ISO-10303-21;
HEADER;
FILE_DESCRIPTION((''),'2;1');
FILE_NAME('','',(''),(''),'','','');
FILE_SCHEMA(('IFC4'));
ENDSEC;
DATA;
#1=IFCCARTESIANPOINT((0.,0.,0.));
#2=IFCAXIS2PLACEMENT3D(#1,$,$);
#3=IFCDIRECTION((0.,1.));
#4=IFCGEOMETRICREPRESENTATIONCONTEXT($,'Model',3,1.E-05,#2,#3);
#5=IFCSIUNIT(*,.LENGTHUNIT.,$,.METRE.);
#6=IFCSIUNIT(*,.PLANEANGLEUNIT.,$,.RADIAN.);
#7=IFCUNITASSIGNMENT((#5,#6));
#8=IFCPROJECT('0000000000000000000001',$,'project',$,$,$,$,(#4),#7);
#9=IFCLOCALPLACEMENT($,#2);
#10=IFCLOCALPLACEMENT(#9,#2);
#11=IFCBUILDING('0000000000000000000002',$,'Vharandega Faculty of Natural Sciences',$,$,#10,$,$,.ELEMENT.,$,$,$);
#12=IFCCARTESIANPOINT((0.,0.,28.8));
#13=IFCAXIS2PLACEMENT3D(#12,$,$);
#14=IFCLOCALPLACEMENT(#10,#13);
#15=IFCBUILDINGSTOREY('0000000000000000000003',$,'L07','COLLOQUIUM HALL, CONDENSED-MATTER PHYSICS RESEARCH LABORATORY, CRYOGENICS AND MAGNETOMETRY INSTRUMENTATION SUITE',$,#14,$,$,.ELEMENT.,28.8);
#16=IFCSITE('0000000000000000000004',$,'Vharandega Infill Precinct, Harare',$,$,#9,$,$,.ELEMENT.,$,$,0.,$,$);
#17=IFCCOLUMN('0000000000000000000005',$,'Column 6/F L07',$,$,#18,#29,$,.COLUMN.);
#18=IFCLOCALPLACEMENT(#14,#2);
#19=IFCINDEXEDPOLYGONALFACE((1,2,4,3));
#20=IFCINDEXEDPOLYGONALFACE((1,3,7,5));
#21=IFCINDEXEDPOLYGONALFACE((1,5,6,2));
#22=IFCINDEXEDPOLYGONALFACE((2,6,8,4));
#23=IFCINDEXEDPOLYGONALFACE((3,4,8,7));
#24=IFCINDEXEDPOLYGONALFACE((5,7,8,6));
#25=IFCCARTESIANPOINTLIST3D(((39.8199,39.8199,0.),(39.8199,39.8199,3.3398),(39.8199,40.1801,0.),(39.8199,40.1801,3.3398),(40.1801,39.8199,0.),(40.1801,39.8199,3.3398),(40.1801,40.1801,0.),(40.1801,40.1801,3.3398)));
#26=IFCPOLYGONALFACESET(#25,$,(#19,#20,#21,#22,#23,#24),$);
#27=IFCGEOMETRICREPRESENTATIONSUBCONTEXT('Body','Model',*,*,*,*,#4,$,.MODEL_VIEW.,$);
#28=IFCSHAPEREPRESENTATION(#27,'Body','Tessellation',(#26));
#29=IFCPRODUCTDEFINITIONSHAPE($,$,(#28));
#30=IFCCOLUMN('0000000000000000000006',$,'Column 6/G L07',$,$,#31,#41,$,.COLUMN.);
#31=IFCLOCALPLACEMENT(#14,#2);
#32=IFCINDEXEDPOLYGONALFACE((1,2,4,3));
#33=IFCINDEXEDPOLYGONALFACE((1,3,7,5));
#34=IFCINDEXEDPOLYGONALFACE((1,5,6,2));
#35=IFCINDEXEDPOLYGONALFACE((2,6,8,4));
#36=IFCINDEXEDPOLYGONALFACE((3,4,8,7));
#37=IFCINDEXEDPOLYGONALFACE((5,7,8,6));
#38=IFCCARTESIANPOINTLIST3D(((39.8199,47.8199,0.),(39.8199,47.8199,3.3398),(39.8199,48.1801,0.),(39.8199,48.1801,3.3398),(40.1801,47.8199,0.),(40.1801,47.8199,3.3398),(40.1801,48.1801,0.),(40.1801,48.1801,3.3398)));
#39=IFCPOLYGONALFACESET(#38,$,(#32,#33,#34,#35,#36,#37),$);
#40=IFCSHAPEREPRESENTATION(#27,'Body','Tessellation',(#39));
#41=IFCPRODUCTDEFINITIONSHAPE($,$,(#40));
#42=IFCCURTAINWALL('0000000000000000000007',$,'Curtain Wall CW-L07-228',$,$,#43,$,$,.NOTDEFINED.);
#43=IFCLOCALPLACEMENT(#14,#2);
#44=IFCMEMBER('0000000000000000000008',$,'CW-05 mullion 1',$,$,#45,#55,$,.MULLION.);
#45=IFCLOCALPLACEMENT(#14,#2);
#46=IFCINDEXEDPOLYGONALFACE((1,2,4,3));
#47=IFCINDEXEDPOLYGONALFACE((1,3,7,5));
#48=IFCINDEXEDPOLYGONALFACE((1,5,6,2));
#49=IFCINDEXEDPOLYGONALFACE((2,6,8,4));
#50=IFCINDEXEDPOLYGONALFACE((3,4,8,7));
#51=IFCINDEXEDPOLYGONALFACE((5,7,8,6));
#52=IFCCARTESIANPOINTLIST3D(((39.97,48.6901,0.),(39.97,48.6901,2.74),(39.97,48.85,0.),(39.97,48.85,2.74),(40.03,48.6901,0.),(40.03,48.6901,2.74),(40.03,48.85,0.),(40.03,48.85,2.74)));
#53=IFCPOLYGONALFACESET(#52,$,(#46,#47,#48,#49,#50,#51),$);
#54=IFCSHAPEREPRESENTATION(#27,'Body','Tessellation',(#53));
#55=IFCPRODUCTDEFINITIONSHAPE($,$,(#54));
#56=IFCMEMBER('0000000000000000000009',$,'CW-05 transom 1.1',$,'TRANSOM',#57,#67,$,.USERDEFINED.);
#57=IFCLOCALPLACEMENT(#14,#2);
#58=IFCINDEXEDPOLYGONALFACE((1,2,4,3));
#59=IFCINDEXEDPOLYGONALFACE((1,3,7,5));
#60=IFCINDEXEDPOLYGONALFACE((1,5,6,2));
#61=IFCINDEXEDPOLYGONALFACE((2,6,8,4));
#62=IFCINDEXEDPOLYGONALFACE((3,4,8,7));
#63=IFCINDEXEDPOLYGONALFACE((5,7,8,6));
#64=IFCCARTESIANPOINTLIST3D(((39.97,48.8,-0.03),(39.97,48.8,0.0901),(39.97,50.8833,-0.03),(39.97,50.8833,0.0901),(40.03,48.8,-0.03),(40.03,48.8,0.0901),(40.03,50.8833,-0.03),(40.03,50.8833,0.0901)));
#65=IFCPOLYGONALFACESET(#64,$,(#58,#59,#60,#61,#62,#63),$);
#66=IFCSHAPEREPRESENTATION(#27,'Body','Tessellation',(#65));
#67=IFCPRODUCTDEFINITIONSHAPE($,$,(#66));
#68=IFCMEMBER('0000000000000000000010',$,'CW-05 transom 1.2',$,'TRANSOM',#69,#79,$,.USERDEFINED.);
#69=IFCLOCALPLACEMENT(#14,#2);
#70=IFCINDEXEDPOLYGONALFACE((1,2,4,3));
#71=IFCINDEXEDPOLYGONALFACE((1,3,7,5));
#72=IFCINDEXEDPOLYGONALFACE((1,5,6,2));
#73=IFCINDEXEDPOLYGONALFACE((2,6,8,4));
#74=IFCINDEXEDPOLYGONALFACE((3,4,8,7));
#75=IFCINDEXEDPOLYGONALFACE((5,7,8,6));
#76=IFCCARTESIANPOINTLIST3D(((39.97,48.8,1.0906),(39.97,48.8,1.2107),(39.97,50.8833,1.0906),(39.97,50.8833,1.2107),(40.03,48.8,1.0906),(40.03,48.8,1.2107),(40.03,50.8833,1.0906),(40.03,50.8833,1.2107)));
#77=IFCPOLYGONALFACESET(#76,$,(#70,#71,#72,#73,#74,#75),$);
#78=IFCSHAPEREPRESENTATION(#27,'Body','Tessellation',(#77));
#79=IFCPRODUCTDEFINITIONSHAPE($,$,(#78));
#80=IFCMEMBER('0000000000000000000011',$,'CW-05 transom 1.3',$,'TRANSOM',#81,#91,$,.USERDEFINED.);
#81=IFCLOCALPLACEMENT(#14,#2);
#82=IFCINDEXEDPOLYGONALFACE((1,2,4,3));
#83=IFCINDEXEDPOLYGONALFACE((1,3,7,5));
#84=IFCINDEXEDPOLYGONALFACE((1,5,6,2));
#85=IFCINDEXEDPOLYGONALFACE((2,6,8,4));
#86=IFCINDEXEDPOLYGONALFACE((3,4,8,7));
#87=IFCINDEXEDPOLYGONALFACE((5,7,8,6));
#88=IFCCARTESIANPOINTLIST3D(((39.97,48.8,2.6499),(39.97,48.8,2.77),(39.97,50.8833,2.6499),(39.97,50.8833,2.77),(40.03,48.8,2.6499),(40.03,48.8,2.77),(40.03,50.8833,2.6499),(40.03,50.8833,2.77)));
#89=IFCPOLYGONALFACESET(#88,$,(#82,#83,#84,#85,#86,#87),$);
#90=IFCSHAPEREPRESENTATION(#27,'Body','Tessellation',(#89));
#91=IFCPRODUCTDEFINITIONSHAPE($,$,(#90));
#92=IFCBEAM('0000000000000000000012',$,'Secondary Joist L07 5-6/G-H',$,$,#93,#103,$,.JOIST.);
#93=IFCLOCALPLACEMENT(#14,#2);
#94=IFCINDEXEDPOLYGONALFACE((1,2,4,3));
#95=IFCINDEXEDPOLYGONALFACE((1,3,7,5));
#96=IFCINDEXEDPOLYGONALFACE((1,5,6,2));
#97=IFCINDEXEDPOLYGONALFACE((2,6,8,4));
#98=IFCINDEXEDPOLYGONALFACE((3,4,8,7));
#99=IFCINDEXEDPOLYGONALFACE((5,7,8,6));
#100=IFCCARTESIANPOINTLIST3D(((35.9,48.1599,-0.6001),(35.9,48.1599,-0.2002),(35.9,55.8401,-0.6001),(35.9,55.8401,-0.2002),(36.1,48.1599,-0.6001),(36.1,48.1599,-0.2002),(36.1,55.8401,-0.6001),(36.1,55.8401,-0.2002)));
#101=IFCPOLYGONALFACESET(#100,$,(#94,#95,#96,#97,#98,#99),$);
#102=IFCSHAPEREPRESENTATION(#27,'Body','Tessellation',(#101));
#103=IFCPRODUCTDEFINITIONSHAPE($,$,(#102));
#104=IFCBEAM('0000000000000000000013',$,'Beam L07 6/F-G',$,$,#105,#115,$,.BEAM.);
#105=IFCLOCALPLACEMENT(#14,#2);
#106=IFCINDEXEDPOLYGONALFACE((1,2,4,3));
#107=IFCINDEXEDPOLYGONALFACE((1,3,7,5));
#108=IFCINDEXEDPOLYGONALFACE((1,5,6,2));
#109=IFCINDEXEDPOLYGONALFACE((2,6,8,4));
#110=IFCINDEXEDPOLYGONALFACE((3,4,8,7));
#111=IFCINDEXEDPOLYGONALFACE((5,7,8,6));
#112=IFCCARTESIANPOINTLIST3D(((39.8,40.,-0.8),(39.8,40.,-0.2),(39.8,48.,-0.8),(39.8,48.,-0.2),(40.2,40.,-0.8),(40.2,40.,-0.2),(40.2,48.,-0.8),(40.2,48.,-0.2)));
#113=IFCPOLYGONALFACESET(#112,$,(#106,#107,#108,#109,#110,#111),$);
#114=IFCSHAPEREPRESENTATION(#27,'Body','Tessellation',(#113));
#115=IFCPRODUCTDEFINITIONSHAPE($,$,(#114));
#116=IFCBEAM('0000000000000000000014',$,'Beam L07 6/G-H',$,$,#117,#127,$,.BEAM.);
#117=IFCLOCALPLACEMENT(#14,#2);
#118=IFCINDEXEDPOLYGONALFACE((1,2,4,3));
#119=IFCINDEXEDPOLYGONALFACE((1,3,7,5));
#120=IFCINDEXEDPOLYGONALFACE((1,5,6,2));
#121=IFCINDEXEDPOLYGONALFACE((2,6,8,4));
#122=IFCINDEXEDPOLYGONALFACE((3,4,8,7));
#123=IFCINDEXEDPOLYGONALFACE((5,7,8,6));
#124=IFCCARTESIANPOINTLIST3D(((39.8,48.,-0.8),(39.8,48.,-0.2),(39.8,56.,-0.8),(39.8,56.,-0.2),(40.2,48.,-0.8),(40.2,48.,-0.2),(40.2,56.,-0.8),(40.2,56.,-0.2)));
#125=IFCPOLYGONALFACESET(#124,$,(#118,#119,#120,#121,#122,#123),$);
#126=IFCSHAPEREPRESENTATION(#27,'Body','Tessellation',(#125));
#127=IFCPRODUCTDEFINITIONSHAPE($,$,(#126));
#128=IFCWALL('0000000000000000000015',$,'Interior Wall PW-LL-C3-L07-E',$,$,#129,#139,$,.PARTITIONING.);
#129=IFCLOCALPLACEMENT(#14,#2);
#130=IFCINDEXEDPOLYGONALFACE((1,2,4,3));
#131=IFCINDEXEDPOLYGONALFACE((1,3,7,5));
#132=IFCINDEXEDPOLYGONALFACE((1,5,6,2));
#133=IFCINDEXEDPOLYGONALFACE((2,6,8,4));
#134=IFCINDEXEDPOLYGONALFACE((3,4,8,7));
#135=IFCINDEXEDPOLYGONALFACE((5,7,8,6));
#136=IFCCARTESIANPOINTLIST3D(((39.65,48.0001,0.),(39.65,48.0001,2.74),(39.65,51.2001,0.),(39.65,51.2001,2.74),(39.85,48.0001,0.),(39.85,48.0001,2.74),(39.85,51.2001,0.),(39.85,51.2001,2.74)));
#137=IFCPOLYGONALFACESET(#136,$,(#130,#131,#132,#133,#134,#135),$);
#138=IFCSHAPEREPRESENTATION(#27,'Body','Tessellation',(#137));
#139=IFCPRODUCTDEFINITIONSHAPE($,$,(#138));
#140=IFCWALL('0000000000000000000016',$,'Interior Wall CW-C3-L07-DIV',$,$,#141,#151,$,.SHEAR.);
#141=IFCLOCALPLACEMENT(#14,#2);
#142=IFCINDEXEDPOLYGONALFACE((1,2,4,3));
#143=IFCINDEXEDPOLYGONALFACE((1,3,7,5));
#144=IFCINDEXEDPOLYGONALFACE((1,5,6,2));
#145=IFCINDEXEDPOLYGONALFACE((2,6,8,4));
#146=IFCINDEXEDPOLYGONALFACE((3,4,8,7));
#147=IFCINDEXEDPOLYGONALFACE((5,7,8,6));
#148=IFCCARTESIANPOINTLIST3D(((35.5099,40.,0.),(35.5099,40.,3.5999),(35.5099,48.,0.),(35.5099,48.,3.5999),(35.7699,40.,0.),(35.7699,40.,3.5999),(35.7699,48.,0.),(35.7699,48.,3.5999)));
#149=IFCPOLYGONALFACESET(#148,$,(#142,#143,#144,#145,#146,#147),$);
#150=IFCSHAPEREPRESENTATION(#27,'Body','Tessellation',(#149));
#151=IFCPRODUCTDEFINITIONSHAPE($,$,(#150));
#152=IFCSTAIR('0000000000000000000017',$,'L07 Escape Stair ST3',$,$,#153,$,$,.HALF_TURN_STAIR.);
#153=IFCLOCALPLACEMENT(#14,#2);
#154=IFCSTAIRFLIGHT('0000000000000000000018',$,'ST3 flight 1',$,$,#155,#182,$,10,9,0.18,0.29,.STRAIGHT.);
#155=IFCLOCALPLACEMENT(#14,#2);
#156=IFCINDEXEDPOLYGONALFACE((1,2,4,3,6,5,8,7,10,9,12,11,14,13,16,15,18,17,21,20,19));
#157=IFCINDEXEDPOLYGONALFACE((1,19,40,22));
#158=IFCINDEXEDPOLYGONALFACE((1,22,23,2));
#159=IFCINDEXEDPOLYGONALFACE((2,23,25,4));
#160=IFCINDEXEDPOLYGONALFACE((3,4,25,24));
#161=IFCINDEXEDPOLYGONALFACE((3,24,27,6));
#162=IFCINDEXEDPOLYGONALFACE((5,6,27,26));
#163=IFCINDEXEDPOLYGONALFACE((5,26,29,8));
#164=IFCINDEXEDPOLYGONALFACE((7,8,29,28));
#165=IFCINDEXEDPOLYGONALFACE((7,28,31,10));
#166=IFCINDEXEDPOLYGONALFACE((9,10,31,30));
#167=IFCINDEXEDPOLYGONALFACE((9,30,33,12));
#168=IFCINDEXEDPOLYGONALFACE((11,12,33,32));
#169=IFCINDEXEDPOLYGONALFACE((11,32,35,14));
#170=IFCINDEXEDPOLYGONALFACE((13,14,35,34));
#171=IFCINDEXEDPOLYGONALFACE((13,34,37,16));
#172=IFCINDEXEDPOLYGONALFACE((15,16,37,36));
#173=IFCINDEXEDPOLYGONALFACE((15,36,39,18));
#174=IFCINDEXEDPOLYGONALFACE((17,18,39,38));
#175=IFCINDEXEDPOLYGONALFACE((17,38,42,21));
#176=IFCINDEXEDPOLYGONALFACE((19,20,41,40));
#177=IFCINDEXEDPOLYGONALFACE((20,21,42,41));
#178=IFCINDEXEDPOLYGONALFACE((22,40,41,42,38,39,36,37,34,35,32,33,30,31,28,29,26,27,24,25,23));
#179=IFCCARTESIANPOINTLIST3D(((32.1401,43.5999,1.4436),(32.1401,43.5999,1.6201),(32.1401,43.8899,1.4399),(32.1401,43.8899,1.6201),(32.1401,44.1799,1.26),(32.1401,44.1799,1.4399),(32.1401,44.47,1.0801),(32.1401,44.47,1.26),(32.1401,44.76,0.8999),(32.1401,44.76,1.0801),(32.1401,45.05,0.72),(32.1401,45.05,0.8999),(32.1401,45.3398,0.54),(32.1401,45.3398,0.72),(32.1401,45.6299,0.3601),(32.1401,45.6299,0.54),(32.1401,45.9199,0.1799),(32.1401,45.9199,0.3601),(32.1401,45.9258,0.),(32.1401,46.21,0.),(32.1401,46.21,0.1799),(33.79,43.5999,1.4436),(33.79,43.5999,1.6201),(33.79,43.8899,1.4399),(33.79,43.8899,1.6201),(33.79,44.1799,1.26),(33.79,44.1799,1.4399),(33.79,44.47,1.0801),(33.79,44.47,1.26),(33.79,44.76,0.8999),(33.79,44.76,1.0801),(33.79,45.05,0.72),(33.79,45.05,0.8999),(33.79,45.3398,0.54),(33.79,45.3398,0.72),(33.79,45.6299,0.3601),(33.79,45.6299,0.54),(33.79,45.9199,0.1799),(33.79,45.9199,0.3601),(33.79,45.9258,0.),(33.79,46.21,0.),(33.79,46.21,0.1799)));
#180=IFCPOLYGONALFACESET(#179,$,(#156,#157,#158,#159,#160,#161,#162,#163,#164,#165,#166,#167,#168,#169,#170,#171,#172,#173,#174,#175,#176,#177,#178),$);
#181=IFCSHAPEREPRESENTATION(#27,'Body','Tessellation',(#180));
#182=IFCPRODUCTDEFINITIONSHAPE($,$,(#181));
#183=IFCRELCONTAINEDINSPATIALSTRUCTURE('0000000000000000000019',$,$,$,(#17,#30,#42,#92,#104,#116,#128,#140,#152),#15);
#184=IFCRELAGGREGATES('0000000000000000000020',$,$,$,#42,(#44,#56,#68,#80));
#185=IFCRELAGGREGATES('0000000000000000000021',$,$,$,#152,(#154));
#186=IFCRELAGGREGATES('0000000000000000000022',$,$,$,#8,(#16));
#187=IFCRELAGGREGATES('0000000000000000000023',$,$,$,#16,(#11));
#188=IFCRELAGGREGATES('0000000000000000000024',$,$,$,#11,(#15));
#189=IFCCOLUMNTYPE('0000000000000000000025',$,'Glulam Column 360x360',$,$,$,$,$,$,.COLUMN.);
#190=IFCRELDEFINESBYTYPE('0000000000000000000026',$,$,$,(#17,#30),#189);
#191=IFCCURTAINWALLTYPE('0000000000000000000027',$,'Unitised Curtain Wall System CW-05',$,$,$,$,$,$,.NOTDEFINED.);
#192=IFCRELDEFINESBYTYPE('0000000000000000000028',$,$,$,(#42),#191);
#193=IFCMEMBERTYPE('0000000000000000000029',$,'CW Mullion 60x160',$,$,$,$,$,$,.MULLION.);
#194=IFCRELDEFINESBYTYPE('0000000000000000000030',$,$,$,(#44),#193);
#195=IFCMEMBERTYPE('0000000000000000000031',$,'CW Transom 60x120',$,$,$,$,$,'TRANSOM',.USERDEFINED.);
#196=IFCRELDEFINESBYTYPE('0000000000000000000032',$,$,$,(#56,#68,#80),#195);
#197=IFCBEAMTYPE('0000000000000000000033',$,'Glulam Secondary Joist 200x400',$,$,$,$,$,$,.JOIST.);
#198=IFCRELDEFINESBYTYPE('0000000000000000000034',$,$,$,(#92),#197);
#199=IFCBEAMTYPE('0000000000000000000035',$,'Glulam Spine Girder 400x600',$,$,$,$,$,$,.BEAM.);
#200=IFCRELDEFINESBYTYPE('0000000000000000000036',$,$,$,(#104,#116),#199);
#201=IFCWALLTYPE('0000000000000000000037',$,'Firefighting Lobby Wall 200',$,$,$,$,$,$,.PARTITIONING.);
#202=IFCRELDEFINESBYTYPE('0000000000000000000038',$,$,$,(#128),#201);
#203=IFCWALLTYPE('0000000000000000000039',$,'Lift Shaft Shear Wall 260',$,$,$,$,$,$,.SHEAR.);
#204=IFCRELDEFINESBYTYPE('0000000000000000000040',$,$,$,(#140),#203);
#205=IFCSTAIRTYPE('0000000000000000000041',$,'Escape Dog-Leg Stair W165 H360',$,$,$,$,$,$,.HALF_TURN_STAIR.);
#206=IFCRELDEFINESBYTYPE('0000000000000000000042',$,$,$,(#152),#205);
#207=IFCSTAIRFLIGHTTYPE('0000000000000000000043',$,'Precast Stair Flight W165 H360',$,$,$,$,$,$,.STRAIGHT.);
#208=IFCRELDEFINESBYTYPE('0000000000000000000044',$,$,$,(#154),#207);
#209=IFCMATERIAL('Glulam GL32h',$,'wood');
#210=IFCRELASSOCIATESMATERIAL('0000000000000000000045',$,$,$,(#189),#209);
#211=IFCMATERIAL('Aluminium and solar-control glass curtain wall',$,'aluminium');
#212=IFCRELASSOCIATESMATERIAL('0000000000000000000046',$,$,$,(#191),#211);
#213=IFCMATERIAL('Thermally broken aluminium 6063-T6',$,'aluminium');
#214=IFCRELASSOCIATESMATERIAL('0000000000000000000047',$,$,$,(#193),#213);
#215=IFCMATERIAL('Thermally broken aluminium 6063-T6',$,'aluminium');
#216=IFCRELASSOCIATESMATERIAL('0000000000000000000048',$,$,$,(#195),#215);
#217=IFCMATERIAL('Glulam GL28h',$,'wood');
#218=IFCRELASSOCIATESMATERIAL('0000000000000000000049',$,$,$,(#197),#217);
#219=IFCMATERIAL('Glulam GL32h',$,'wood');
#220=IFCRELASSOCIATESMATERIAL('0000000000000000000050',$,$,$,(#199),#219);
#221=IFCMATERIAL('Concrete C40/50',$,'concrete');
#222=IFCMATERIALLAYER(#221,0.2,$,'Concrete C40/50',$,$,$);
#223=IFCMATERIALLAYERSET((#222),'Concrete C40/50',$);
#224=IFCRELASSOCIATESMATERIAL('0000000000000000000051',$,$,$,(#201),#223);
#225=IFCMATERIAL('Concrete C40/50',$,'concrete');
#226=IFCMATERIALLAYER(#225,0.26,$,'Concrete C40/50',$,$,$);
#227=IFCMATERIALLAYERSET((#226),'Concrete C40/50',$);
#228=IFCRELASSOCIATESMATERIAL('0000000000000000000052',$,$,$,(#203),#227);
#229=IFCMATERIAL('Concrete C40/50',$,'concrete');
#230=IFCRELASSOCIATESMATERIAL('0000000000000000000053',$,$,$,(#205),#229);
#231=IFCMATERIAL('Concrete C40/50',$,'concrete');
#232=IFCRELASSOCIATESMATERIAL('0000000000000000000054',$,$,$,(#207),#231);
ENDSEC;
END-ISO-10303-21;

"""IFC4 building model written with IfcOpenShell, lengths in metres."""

from ifc_helpers import new_model, si_unit, direction, frame, frame_2d, origin, origin_2d, place, context, subcontext, project, spatial, polyline, rectangle, outline, extrude, material, layer, layer_set, material_profile, profile_set, type_object, element, aggregate, save


model = new_model("IFC4")

# Units and contexts
model_context = context("Model", 3, precision=1e-05, world=origin(), true_north=direction((0.0, 1.0)))
body_context = subcontext(model_context, "Body", "Model", "MODEL_VIEW")
ifc_project = project(units=[si_unit("LENGTHUNIT", "METRE"), si_unit("PLANEANGLEUNIT", "RADIAN")], contexts=[model_context])

# Site, building, storey
site_placement = place(None, origin())
site = spatial("IfcSite", under=ifc_project, at=site_placement, Name="Vharandega Infill Precinct, Harare", CompositionType="ELEMENT", RefElevation=0.0)
building_placement = place(site_placement, origin())
building = spatial("IfcBuilding", under=site, at=building_placement, Name="Vharandega Faculty of Natural Sciences", CompositionType="ELEMENT")
storey_placement = place(building_placement, frame((0.0, 0.0, 28.8)))
storey = spatial("IfcBuildingStorey", under=building, at=storey_placement, Name="L07", Description="COLLOQUIUM HALL, CONDENSED-MATTER PHYSICS RESEARCH LABORATORY, CRYOGENICS AND MAGNETOMETRY INSTRUMENTATION SUITE", CompositionType="ELEMENT", Elevation=28.8)

# Columns
ifc_material_1 = material(Name="Glulam GL32h", Category="wood")
ifc_material_profile_1 = material_profile(ifc_material_1, rectangle(XDim=0.3601, YDim=0.3601, at=origin_2d()), Name="GL32h 360x360")
ifc_profile_set_1 = profile_set([ifc_material_profile_1], Name="Glulam GL32h")
column_type = type_object("IfcColumnType", Name="Glulam Column 360x360", PredefinedType="COLUMN", material=ifc_profile_set_1)
for number, where, z_axis, x_axis, name in (
    (1, (40.0, 40.0, 0.0), (0.0, 0.0, 1.0), (1.0, 0.0, 0.0), "Column 6/F L07"),
    (2, (40.0, 48.0, 0.0), (0.0, 0.0, 1.0), (1.0, 0.0, 0.0), "Column 6/G L07"),
):
    element("IfcColumn", number, at=place(storey_placement, frame(where, z_axis=z_axis, x_axis=x_axis)), inside=storey, type_object=column_type, Name=name, PredefinedType="COLUMN", context=body_context, shape_type="SweptSolid", body=[
        extrude(rectangle(XDim=0.3601, YDim=0.3601, at=origin_2d()), origin(), (0.0, 0.0, 1.0), 3.3398),
    ])

# Curtain wall, members
ifc_material_2 = material(Name="Aluminium and solar-control glass curtain wall", Category="aluminium")
curtain_wall_type = type_object("IfcCurtainWallType", Name="Unitised Curtain Wall System CW-05", PredefinedType="NOTDEFINED", material=ifc_material_2)
curtain_wall_placement = place(storey_placement, origin())
curtain_wall = element("IfcCurtainWall", 3, at=curtain_wall_placement, inside=storey, type_object=curtain_wall_type, Name="Curtain Wall CW-L07-228", PredefinedType="NOTDEFINED")
ifc_material_3 = material(Name="Thermally broken aluminium 6063-T6", Category="aluminium")
ifc_material_profile_2 = material_profile(ifc_material_3, rectangle(XDim=0.0601, YDim=0.1599, at=origin_2d()), Name="ALU 60x160")
ifc_profile_set_2 = profile_set([ifc_material_profile_2], Name="Thermally broken aluminium 6063-T6")
member_type_1 = type_object("IfcMemberType", Name="CW Mullion 60x160", PredefinedType="MULLION", material=ifc_profile_set_2)
member_1_placement = place(storey_placement, frame((40.0, 48.77, 0.0), z_axis=(0.0, 0.0, 1.0), x_axis=(-1.0, 0.0, 0.0)))
member_1 = element("IfcMember", 4, at=member_1_placement, type_object=member_type_1, Name="CW-05 mullion 1", PredefinedType="MULLION", context=body_context, shape_type="SweptSolid", body=[
    extrude(rectangle(XDim=0.0601, YDim=0.1599, at=origin_2d()), origin(), (0.0, 0.0, 1.0), 2.74),
])
ifc_material_4 = material(Name="Thermally broken aluminium 6063-T6", Category="aluminium")
ifc_material_profile_3 = material_profile(ifc_material_4, rectangle(XDim=0.0601, YDim=0.1201, at=origin_2d()), Name="ALU 60x120")
ifc_profile_set_3 = profile_set([ifc_material_profile_3], Name="Thermally broken aluminium 6063-T6")
member_type_2 = type_object("IfcMemberType", Name="CW Transom 60x120", ElementType="TRANSOM", PredefinedType="USERDEFINED", material=ifc_profile_set_3)
member_2_placement = place(storey_placement, frame((40.0, 48.8, 0.03), z_axis=(0.0, 1.0, 0.0), x_axis=(-1.0, 0.0, 0.0)))
member_2 = element("IfcMember", 5, at=member_2_placement, type_object=member_type_2, Name="CW-05 transom 1.1", ObjectType="TRANSOM", PredefinedType="USERDEFINED", context=body_context, shape_type="SweptSolid", body=[
    extrude(rectangle(XDim=0.0601, YDim=0.1201, at=origin_2d()), origin(), (0.0, 0.0, 1.0), 2.0833),
])
member_3_placement = place(storey_placement, frame((40.0, 48.8, 1.1506), z_axis=(0.0, 1.0, 0.0), x_axis=(-1.0, 0.0, 0.0)))
member_3 = element("IfcMember", 6, at=member_3_placement, type_object=member_type_2, Name="CW-05 transom 1.2", ObjectType="TRANSOM", PredefinedType="USERDEFINED", context=body_context, shape_type="SweptSolid", body=[
    extrude(rectangle(XDim=0.0601, YDim=0.1201, at=origin_2d()), origin(), (0.0, 0.0, 1.0), 2.0833),
])
member_4_placement = place(storey_placement, frame((40.0, 48.8, 2.71), z_axis=(0.0, 1.0, 0.0), x_axis=(-1.0, 0.0, 0.0)))
member_4 = element("IfcMember", 7, at=member_4_placement, type_object=member_type_2, Name="CW-05 transom 1.3", ObjectType="TRANSOM", PredefinedType="USERDEFINED", context=body_context, shape_type="SweptSolid", body=[
    extrude(rectangle(XDim=0.0601, YDim=0.1201, at=origin_2d()), origin(), (0.0, 0.0, 1.0), 2.0833),
])
aggregate(curtain_wall, [member_1, member_2, member_3, member_4])

# Beams
ifc_material_5 = material(Name="Glulam GL28h", Category="wood")
ifc_material_profile_4 = material_profile(ifc_material_5, rectangle(XDim=0.2, YDim=0.3999, at=origin_2d()), Name="GL28h 200x400")
ifc_profile_set_4 = profile_set([ifc_material_profile_4], Name="Glulam GL28h")
beam_type_1 = type_object("IfcBeamType", Name="Glulam Secondary Joist 200x400", PredefinedType="JOIST", material=ifc_profile_set_4)
beam_placement = place(storey_placement, frame((36.0, 48.1599, -0.4001), z_axis=(0.0, 1.0, 0.0), x_axis=(-1.0, 0.0, 0.0)))
element("IfcBeam", 8, at=beam_placement, inside=storey, type_object=beam_type_1, Name="Secondary Joist L07 5-6/G-H", PredefinedType="JOIST", context=body_context, shape_type="SweptSolid", body=[
    extrude(rectangle(XDim=0.2, YDim=0.3999, at=origin_2d()), origin(), (0.0, 0.0, 1.0), 7.6802),
])
ifc_material_6 = material(Name="Glulam GL32h", Category="wood")
ifc_material_profile_5 = material_profile(ifc_material_6, rectangle(XDim=0.3999, YDim=0.6001, at=origin_2d()), Name="GL32h 400x600")
ifc_profile_set_5 = profile_set([ifc_material_profile_5], Name="Glulam GL32h")
beam_type_2 = type_object("IfcBeamType", Name="Glulam Spine Girder 400x600", PredefinedType="BEAM", material=ifc_profile_set_5)
for number, where, z_axis, x_axis, name in (
    (9, (40.0, 40.0, -0.5), (0.0, 1.0, 0.0), (-1.0, 0.0, 0.0), "Beam L07 6/F-G"),
    (10, (40.0, 48.0, -0.5), (0.0, 1.0, 0.0), (-1.0, 0.0, 0.0), "Beam L07 6/G-H"),
):
    element("IfcBeam", number, at=place(storey_placement, frame(where, z_axis=z_axis, x_axis=x_axis)), inside=storey, type_object=beam_type_2, Name=name, PredefinedType="BEAM", context=body_context, shape_type="SweptSolid", body=[
        extrude(rectangle(XDim=0.3999, YDim=0.6001, at=origin_2d()), origin(), (0.0, 0.0, 1.0), 8.0),
    ])

# Walls
ifc_material_7 = material(Name="Concrete C40/50", Category="concrete")
ifc_layer_1 = layer(ifc_material_7, 0.2, Name="Concrete C40/50")
ifc_layer_set_1 = layer_set([ifc_layer_1], Name="Concrete C40/50")
wall_type_1 = type_object("IfcWallType", Name="Firefighting Lobby Wall 200", PredefinedType="PARTITIONING", material=ifc_layer_set_1)
wall_1_placement = place(storey_placement, frame((39.75, 48.0, 0.0), z_axis=(0.0, 0.0, 1.0), x_axis=(0.0, 1.0, 0.0)))
element("IfcWall", 11, at=wall_1_placement, inside=storey, type_object=wall_type_1, Name="Interior Wall PW-LL-C3-L07-E", PredefinedType="PARTITIONING", context=body_context, shape_type="SweptSolid", body=[
    extrude(rectangle(XDim=3.2, YDim=0.2, at=frame_2d((1.6001, 0.0))), origin(), (0.0, 0.0, 1.0), 2.74),
])
ifc_material_8 = material(Name="Concrete C40/50", Category="concrete")
ifc_layer_2 = layer(ifc_material_8, 0.26, Name="Concrete C40/50")
ifc_layer_set_2 = layer_set([ifc_layer_2], Name="Concrete C40/50")
wall_type_2 = type_object("IfcWallType", Name="Lift Shaft Shear Wall 260", PredefinedType="SHEAR", material=ifc_layer_set_2)
wall_2_placement = place(storey_placement, frame((35.6399, 40.0, 0.0), z_axis=(0.0, 0.0, 1.0), x_axis=(0.0, 1.0, 0.0)))
element("IfcWall", 12, at=wall_2_placement, inside=storey, type_object=wall_type_2, Name="Interior Wall CW-C3-L07-DIV", PredefinedType="SHEAR", context=body_context, shape_type="SweptSolid", body=[
    extrude(rectangle(XDim=8.0, YDim=0.26, at=frame_2d((4.0, 0.0))), origin(), (0.0, 0.0, 1.0), 3.5999),
])

# Stair, stair flight
ifc_material_9 = material(Name="Concrete C40/50", Category="concrete")
stair_type = type_object("IfcStairType", Name="Escape Dog-Leg Stair W165 H360", PredefinedType="HALF_TURN_STAIR", material=ifc_material_9)
stair_placement = place(storey_placement, origin())
stair = element("IfcStair", 13, at=stair_placement, inside=storey, type_object=stair_type, Name="L07 Escape Stair ST3", PredefinedType="HALF_TURN_STAIR")
ifc_material_10 = material(Name="Concrete C40/50", Category="concrete")
stair_flight_type = type_object("IfcStairFlightType", Name="Precast Stair Flight W165 H360", PredefinedType="STRAIGHT", material=ifc_material_10)
stair_flight_1_placement = place(storey_placement, frame((32.9651, 46.21, 0.0), z_axis=(0.0, 0.0, 1.0), x_axis=(0.0, -1.0, 0.0)))
stair_flight_1 = element("IfcStairFlight", 14, at=stair_flight_1_placement, type_object=stair_flight_type, Name="ST3 flight 1", NumberOfRisers=10, NumberOfTreads=9, PredefinedType="STRAIGHT", RiserHeight=0.18, TreadLength=0.29, context=body_context, shape_type="SweptSolid", body=[
    extrude(outline(polyline([(0.0, 0.0), (0.0, 0.1799), (0.29, 0.1799), (0.29, 0.3601), (0.5801, 0.3601), (0.5801, 0.54), (0.8701, 0.54), (0.8701, 0.72), (1.1599, 0.72), (1.1599, 0.8999), (1.45, 0.8999), (1.45, 1.0801), (1.74, 1.0801), (1.74, 1.26), (2.03, 1.26), (2.03, 1.4399), (2.3201, 1.4399), (2.3201, 1.6201), (2.6101, 1.6201), (2.6101, 1.8), (2.6101, 1.4436), (0.2842, 0.0), (0.0, 0.0)])), frame((0.0, 0.825, 0.0), z_axis=(0.0, -1.0, 0.0), x_axis=(1.0, 0.0, 0.0)), (0.0, 0.0, 1.0), 1.6499),
])
aggregate(stair, [stair_flight_1])

save(model, "model.ifc")
